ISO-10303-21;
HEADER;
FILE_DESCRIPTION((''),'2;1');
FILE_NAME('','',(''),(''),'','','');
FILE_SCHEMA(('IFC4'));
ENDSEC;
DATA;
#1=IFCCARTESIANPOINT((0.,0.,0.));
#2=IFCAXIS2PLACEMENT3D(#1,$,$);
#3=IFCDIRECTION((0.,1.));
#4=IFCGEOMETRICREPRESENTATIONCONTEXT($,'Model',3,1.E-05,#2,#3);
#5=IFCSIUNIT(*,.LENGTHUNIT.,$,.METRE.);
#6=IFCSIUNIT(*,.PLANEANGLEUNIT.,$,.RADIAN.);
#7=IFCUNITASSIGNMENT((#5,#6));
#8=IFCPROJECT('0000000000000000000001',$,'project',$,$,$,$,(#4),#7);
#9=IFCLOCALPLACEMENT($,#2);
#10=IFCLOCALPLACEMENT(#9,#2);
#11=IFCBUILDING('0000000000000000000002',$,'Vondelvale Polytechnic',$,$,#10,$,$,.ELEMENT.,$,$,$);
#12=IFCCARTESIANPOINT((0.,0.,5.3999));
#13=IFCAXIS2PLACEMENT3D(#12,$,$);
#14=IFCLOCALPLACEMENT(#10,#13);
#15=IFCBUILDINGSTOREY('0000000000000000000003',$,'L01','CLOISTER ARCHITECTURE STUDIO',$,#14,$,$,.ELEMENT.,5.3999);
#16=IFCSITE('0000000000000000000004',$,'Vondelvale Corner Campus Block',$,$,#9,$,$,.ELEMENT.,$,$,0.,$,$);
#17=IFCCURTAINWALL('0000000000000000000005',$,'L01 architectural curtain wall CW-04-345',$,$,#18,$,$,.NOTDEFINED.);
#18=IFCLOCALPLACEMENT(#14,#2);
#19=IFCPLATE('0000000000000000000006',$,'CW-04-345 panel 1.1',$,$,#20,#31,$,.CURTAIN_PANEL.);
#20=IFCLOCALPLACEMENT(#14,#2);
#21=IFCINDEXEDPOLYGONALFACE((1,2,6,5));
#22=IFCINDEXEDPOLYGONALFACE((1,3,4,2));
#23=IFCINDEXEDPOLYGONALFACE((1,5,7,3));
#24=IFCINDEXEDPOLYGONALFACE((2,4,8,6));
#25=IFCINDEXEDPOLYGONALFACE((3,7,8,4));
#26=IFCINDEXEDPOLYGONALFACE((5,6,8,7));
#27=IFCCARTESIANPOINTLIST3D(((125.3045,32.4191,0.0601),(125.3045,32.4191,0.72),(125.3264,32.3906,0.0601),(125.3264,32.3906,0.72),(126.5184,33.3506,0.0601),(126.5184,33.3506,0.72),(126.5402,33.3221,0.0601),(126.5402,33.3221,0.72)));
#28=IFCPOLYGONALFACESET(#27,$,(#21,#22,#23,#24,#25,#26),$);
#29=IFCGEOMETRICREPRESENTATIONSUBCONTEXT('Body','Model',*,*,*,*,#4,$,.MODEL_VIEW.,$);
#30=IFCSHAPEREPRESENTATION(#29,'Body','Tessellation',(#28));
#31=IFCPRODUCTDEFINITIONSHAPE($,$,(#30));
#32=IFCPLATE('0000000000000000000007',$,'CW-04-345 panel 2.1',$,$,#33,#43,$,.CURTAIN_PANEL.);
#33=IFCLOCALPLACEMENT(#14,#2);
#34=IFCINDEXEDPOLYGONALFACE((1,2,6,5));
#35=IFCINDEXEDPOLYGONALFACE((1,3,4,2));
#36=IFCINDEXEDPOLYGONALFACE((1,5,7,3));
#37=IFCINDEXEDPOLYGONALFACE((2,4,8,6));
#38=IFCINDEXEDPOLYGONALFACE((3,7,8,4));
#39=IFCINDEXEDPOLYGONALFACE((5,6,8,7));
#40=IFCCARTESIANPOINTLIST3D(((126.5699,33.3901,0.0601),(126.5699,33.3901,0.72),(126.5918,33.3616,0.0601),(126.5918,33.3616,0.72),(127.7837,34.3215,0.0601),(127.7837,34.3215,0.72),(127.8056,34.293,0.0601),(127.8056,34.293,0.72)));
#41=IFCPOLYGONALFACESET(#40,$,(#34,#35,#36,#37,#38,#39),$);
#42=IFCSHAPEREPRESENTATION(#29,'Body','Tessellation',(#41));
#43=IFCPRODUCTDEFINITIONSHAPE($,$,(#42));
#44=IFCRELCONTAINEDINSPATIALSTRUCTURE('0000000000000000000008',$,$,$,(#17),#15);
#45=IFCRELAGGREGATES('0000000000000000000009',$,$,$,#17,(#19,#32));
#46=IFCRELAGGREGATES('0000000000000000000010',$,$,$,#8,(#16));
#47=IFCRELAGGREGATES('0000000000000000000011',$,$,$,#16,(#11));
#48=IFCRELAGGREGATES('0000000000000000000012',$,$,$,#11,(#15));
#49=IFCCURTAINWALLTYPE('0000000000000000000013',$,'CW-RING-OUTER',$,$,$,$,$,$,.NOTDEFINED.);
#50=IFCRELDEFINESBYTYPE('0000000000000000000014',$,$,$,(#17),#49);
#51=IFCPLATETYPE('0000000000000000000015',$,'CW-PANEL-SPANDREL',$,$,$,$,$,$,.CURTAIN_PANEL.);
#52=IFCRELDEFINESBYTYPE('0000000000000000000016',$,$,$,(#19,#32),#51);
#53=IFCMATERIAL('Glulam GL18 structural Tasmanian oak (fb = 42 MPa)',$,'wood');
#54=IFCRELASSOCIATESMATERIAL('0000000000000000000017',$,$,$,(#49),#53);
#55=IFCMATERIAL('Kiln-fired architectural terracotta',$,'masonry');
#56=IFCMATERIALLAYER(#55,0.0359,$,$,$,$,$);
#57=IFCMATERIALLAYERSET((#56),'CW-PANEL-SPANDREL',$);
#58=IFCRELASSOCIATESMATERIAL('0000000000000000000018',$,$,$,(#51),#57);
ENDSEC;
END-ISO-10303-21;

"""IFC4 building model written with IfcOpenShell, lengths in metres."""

from ifc_helpers import new_model, si_unit, direction, frame, origin, origin_2d, place, context, subcontext, project, spatial, rectangle, extrude, material, layer, layer_set, type_object, element, aggregate, save


model = new_model("IFC4")

# Units and contexts
model_context = context("Model", 3, precision=1e-05, world=origin(), true_north=direction((0.0, 1.0)))
body_context = subcontext(model_context, "Body", "Model", "MODEL_VIEW")
ifc_project = project(units=[si_unit("LENGTHUNIT", "METRE"), si_unit("PLANEANGLEUNIT", "RADIAN")], contexts=[model_context])

# Site, building, storey
site_placement = place(None, origin())
site = spatial("IfcSite", under=ifc_project, at=site_placement, Name="Vondelvale Corner Campus Block", CompositionType="ELEMENT", RefElevation=0.0)
building_placement = place(site_placement, origin())
building = spatial("IfcBuilding", under=site, at=building_placement, Name="Vondelvale Polytechnic", CompositionType="ELEMENT")
storey_placement = place(building_placement, frame((0.0, 0.0, 5.3999)))
storey = spatial("IfcBuildingStorey", under=building, at=storey_placement, Name="L01", Description="CLOISTER ARCHITECTURE STUDIO", CompositionType="ELEMENT", Elevation=5.3999)

# Shared definitions
ifc_material_1 = material(Name="Glulam GL18 structural Tasmanian oak (fb = 42 MPa)", Category="wood")

# Curtain wall
curtain_wall_type = type_object("IfcCurtainWallType", Name="CW-RING-OUTER", PredefinedType="NOTDEFINED", material=ifc_material_1)
curtain_wall_1_placement = place(storey_placement, origin())
curtain_wall_1 = element("IfcCurtainWall", 1, at=curtain_wall_1_placement, inside=storey, type_object=curtain_wall_type, Name="L01 architectural curtain wall CW-04-345", PredefinedType="NOTDEFINED")

# Plates
ifc_material_2 = material(Name="Kiln-fired architectural terracotta", Category="masonry")
ifc_layer_1 = layer(ifc_material_2, 0.0359)
ifc_layer_set_1 = layer_set([ifc_layer_1], Name="CW-PANEL-SPANDREL")
plate_type_1 = type_object("IfcPlateType", Name="CW-PANEL-SPANDREL", PredefinedType="CURTAIN_PANEL", material=ifc_layer_set_1)
plate_1_placement = place(storey_placement, frame((125.9224, 32.8706, 0.0601), z_axis=(0.0, 0.0, 1.0), x_axis=(0.793334, 0.608787, 0.0)))
plate_1 = element("IfcPlate", 2, at=plate_1_placement, type_object=plate_type_1, Name="CW-04-345 panel 1.1", PredefinedType="CURTAIN_PANEL", context=body_context, shape_type="SweptSolid", body=[
    extrude(rectangle(XDim=1.53, YDim=0.0359, at=origin_2d()), origin(), (0.0, 0.0, 1.0), 0.6599),
])
plate_2_placement = place(storey_placement, frame((127.1877, 33.8416, 0.0601), z_axis=(0.0, 0.0, 1.0), x_axis=(0.793334, 0.608787, 0.0)))
plate_2 = element("IfcPlate", 3, at=plate_2_placement, type_object=plate_type_1, Name="CW-04-345 panel 2.1", PredefinedType="CURTAIN_PANEL", context=body_context, shape_type="SweptSolid", body=[
    extrude(rectangle(XDim=1.53, YDim=0.0359, at=origin_2d()), origin(), (0.0, 0.0, 1.0), 0.6599),
])
aggregate(curtain_wall_1, [plate_1, plate_2])

save(model, "model.ifc")
